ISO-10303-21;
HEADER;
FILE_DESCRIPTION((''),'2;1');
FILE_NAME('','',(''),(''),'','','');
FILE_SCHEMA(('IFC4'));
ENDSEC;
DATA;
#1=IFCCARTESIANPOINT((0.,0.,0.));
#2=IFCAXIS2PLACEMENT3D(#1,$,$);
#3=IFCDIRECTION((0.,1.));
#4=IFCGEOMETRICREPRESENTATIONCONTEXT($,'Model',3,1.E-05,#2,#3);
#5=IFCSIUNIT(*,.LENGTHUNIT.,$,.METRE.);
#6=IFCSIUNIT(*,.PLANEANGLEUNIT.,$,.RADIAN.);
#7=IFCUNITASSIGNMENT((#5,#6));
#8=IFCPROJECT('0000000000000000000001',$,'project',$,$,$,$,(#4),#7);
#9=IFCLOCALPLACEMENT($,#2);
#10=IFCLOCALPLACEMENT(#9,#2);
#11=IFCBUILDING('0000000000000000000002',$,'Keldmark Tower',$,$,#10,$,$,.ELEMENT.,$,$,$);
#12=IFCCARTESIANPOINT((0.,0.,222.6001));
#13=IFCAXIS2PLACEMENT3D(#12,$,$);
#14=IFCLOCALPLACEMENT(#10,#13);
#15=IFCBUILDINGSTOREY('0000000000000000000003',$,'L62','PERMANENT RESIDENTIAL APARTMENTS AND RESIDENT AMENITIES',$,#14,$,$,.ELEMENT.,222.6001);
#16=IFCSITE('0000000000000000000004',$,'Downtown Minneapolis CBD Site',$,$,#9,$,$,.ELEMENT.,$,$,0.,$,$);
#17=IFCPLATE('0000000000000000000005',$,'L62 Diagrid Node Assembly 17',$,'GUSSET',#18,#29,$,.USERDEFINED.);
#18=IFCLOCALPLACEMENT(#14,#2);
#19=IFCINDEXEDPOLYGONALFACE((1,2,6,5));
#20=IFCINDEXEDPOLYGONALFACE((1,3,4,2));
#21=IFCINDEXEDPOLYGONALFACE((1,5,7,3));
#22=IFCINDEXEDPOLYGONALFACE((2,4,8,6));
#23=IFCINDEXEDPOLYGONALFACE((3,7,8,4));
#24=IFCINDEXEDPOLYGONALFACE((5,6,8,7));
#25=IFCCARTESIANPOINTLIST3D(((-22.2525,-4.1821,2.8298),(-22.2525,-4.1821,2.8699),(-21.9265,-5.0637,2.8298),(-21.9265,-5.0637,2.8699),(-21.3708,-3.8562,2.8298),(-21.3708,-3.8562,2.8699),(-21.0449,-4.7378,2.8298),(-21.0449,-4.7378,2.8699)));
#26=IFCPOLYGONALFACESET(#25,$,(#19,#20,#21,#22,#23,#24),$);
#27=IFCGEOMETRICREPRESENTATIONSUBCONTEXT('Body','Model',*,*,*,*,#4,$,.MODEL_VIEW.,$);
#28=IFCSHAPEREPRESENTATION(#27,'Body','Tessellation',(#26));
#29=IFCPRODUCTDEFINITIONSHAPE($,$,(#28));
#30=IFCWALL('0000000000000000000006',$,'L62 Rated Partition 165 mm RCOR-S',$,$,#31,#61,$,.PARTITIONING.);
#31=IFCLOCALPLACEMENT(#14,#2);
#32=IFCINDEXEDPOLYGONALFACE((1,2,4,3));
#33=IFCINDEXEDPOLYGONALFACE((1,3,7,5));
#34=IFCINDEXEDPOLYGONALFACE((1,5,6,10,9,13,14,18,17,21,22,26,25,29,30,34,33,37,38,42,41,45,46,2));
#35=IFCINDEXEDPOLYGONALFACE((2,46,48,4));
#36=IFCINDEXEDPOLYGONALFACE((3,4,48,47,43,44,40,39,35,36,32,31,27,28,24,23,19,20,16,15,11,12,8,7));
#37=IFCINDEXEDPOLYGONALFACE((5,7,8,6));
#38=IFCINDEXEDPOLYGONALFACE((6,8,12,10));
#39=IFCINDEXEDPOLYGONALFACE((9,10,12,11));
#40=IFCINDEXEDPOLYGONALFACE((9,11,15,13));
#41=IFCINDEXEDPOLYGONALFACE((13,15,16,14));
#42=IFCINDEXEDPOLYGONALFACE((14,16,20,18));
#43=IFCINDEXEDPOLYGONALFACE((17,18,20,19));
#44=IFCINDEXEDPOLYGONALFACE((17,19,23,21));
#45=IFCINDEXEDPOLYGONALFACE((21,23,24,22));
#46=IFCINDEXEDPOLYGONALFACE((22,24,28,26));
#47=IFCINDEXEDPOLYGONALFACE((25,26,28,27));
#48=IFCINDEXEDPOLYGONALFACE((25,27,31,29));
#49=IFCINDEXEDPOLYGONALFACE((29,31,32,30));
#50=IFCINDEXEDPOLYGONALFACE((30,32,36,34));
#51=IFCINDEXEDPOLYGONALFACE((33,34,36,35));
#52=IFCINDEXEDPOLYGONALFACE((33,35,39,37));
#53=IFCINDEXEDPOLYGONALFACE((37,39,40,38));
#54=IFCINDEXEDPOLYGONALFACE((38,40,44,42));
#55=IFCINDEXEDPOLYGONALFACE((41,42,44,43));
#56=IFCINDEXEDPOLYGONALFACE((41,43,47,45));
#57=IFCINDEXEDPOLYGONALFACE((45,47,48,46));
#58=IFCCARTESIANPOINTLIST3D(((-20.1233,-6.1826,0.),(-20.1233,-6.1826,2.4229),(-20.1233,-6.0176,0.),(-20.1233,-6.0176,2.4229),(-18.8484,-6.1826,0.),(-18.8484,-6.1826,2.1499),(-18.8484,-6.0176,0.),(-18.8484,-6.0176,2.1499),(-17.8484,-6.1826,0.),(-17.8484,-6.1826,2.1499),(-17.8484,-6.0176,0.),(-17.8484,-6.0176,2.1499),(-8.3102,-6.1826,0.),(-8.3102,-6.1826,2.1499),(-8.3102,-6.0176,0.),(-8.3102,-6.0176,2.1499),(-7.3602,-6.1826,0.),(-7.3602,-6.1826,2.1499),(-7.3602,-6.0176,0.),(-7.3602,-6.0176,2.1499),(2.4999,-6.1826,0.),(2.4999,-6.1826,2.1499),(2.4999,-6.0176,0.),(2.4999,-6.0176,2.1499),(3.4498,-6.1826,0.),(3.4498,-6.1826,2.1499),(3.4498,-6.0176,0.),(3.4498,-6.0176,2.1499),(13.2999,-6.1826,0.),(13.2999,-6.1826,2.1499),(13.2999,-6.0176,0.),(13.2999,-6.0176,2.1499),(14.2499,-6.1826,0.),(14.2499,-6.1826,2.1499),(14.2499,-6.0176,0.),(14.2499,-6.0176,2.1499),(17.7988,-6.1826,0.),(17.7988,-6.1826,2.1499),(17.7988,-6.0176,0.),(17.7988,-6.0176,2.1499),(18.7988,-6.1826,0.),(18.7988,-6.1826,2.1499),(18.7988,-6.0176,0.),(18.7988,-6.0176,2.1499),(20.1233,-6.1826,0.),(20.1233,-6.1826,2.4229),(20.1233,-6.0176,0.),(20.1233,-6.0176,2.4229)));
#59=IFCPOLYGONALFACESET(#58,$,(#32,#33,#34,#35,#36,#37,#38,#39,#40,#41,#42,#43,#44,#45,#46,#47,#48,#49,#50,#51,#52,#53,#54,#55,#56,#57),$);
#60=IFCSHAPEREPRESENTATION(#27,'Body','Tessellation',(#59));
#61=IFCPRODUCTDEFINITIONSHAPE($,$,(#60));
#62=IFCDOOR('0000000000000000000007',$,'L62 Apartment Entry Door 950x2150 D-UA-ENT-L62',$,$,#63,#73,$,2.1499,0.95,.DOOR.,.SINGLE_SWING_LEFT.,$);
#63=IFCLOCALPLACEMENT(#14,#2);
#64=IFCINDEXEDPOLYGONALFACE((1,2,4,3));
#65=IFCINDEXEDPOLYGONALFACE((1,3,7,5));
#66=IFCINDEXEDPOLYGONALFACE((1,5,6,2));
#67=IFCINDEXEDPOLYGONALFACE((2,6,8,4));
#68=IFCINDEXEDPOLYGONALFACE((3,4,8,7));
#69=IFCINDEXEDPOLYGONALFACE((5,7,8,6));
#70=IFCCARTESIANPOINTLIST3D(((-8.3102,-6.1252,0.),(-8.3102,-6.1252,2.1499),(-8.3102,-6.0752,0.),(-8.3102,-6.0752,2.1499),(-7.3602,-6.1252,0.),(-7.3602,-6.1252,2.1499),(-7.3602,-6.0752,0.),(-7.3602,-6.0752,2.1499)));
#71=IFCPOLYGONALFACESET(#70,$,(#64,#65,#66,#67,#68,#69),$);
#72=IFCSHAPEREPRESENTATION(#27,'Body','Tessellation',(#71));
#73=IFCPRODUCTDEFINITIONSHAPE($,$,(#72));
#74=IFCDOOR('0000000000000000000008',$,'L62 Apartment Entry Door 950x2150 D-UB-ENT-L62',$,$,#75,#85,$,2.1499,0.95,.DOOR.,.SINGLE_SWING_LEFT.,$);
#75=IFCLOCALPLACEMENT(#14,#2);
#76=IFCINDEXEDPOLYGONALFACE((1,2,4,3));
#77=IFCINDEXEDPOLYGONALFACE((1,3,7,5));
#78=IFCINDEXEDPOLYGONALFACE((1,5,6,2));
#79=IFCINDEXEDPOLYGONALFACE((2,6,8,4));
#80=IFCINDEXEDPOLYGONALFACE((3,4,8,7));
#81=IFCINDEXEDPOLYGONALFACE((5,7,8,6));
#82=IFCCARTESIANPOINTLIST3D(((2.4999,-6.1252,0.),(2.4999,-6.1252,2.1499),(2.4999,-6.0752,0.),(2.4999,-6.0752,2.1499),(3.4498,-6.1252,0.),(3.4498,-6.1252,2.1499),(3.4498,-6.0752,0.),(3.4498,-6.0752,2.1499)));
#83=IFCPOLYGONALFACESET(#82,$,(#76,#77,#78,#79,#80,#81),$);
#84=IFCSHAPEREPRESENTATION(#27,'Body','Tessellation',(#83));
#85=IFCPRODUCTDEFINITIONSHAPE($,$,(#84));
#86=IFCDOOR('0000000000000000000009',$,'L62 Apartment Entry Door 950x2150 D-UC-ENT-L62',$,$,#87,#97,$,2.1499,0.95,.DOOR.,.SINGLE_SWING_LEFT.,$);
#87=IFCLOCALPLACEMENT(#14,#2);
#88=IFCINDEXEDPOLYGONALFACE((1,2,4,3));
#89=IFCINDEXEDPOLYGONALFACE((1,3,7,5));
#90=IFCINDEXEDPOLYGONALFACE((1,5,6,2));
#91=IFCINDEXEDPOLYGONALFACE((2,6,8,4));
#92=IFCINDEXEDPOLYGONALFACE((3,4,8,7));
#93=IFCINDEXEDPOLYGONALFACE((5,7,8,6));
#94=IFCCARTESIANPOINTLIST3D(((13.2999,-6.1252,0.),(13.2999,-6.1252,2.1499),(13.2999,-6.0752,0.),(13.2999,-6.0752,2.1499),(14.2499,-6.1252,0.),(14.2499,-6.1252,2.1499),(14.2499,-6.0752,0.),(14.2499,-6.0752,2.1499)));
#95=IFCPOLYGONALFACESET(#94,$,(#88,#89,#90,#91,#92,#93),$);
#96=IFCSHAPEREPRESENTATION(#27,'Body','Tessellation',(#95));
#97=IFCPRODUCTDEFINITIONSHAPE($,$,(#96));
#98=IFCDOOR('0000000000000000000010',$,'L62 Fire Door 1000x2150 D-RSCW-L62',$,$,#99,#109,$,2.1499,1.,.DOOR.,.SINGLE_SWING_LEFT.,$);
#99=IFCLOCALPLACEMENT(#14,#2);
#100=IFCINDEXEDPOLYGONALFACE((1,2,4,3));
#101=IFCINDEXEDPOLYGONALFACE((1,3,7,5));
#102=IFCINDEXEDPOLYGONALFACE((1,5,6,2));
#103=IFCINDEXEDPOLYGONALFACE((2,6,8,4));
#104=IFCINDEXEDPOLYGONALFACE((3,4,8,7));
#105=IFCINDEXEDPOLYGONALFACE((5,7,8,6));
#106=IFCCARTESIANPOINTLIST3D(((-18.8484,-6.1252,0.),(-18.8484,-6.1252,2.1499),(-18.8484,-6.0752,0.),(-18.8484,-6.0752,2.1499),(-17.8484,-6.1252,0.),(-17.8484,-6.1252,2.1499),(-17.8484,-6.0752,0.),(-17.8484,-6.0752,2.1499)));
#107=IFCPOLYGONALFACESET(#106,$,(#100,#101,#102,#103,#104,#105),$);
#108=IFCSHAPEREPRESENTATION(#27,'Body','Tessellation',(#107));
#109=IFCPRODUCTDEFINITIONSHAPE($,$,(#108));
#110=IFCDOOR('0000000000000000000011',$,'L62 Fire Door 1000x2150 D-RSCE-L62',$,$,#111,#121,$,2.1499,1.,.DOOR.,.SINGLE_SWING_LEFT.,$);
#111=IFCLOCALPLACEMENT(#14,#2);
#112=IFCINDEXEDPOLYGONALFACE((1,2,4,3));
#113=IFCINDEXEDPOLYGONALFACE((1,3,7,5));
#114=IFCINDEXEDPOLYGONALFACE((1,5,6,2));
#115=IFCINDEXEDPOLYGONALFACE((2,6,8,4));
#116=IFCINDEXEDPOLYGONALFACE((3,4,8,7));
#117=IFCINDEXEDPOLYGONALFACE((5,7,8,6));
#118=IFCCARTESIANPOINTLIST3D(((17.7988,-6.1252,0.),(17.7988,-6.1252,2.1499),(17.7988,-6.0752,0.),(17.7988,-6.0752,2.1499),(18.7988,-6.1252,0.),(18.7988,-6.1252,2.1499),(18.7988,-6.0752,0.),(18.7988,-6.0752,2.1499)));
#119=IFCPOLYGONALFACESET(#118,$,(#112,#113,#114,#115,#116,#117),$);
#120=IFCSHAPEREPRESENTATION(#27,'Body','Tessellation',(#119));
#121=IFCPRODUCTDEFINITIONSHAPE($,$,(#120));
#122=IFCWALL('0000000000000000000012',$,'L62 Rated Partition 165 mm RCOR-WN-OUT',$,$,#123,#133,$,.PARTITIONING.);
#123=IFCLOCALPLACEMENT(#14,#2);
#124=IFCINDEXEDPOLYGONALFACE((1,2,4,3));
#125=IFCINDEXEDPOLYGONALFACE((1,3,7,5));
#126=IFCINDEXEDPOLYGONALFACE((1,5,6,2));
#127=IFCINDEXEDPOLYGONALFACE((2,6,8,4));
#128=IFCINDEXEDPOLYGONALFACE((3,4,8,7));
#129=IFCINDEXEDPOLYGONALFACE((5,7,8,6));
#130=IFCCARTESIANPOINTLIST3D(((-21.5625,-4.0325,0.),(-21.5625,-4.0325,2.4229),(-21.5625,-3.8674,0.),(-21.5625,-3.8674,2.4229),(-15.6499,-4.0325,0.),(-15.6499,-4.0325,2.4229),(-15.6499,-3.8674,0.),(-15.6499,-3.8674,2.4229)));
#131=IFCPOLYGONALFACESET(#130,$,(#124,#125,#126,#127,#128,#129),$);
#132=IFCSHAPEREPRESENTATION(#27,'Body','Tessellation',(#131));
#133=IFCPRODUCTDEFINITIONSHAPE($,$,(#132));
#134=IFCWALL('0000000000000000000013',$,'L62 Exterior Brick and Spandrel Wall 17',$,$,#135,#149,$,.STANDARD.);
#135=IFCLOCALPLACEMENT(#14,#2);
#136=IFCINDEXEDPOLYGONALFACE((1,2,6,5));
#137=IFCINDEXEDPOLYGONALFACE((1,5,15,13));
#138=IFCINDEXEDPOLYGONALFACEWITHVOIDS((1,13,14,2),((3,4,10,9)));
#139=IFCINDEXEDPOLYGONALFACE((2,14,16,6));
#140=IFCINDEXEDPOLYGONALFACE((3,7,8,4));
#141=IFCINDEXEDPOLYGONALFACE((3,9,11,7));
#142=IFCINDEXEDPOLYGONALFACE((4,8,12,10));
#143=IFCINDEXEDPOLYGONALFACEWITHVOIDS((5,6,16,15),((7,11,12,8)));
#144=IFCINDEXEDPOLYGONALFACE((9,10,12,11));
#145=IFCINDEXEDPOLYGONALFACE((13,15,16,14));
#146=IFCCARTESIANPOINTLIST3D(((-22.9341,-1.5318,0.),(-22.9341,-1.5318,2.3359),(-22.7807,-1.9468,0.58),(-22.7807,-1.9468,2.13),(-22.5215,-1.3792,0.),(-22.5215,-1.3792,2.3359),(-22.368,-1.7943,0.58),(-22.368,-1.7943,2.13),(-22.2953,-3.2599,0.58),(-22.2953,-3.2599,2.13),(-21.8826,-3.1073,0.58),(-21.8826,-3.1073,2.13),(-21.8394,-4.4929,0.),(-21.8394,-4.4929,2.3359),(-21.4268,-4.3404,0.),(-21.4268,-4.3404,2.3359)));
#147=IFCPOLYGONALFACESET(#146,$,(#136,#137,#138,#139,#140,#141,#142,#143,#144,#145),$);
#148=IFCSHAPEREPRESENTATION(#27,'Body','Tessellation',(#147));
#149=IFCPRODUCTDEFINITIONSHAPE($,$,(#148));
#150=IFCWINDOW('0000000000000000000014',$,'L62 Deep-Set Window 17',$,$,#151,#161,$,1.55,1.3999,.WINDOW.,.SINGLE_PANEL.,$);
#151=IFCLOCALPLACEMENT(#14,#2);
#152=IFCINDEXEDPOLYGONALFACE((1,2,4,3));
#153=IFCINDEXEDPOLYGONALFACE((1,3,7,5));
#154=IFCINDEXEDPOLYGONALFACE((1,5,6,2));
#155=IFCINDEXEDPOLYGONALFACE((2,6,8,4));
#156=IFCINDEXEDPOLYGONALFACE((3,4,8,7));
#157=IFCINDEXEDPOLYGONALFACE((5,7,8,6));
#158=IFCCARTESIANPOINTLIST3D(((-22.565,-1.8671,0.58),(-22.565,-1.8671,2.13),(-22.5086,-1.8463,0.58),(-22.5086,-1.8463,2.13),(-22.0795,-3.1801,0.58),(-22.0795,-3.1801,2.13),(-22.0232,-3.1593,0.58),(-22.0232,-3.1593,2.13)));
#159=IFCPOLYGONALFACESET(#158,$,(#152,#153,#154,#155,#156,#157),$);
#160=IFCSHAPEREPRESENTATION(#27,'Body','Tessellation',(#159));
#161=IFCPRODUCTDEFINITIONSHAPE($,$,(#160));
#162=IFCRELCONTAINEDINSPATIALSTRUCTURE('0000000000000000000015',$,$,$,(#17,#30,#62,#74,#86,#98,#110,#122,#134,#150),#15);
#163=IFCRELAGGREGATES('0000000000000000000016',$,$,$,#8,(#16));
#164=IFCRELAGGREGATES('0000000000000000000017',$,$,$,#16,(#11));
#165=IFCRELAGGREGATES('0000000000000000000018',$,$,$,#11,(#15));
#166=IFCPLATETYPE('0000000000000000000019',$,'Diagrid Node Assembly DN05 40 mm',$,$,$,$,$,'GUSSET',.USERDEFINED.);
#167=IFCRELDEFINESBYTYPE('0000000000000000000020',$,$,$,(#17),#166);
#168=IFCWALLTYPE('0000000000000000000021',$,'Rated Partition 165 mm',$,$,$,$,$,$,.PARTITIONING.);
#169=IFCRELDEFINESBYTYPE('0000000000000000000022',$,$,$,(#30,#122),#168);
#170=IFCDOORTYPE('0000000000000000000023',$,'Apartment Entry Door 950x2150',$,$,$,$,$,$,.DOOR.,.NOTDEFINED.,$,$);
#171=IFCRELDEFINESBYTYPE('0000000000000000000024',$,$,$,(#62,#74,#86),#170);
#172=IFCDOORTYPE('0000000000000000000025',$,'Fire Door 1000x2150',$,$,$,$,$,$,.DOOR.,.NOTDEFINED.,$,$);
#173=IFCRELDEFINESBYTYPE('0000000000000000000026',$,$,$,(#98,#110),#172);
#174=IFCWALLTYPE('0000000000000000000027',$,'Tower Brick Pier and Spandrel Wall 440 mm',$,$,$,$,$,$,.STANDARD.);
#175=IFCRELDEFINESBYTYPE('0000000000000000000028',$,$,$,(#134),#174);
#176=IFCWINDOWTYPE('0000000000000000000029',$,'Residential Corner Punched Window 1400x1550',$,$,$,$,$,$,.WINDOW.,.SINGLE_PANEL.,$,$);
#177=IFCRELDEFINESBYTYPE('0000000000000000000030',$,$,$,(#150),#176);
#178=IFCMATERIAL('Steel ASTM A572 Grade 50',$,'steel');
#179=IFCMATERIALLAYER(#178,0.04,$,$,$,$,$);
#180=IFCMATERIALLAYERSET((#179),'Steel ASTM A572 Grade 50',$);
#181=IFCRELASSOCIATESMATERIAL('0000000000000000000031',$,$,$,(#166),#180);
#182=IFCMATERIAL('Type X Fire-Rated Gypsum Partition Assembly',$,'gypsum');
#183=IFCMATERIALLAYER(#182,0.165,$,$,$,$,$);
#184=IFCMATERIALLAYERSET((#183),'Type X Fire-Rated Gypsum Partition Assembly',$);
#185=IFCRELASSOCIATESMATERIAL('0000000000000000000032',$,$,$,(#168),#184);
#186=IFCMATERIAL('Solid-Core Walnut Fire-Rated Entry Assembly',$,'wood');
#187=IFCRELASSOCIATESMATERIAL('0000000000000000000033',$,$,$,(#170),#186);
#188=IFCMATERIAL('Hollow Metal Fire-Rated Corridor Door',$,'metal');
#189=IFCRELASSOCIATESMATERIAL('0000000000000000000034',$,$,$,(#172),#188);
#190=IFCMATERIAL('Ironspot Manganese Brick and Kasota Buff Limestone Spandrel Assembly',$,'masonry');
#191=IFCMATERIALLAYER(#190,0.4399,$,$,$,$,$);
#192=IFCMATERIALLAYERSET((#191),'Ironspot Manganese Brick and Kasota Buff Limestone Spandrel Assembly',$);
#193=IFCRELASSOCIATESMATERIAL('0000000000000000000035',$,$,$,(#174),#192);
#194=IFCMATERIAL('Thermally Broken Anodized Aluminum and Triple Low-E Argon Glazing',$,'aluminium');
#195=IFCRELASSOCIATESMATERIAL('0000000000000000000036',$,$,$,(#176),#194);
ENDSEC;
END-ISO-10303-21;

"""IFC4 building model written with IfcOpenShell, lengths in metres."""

from ifc_helpers import new_model, si_unit, direction, frame, frame_2d, origin, origin_2d, place, context, subcontext, project, spatial, rectangle, extrude, material, layer, layer_set, type_object, element, fill, save


model = new_model("IFC4")

# Units and contexts
model_context = context("Model", 3, precision=1e-05, world=origin(), true_north=direction((0.0, 1.0)))
body_context = subcontext(model_context, "Body", "Model", "MODEL_VIEW")
ifc_project = project(units=[si_unit("LENGTHUNIT", "METRE"), si_unit("PLANEANGLEUNIT", "RADIAN")], contexts=[model_context])

# Site, building, storey
site_placement = place(None, origin())
site = spatial("IfcSite", under=ifc_project, at=site_placement, Name="Downtown Minneapolis CBD Site", CompositionType="ELEMENT", RefElevation=0.0)
building_placement = place(site_placement, origin())
building = spatial("IfcBuilding", under=site, at=building_placement, Name="Keldmark Tower", CompositionType="ELEMENT")
storey_placement = place(building_placement, frame((0.0, 0.0, 222.6001)))
storey = spatial("IfcBuildingStorey", under=building, at=storey_placement, Name="L62", Description="PERMANENT RESIDENTIAL APARTMENTS AND RESIDENT AMENITIES", CompositionType="ELEMENT", Elevation=222.6001)

# Plate
ifc_material_1 = material(Name="Steel ASTM A572 Grade 50", Category="steel")
ifc_layer_1 = layer(ifc_material_1, 0.04)
ifc_layer_set_1 = layer_set([ifc_layer_1], Name="Steel ASTM A572 Grade 50")
plate_type = type_object("IfcPlateType", Name="Diagrid Node Assembly DN05 40 mm", ElementType="GUSSET", PredefinedType="USERDEFINED", material=ifc_layer_set_1)
plate_placement = place(storey_placement, frame((-21.6487, -4.46, 2.8298), z_axis=(0.0, 0.0, 1.0), x_axis=(0.346772, -0.937949, 0.0)))
element("IfcPlate", 1, at=plate_placement, inside=storey, type_object=plate_type, Name="L62 Diagrid Node Assembly 17", ObjectType="GUSSET", PredefinedType="USERDEFINED", context=body_context, shape_type="SweptSolid", body=[
    extrude(rectangle(XDim=0.9399, YDim=0.9399, at=origin_2d()), origin(), (0.0, 0.0, 1.0), 0.04),
])

# Wall, openings, doors
ifc_material_2 = material(Name="Type X Fire-Rated Gypsum Partition Assembly", Category="gypsum")
ifc_layer_2 = layer(ifc_material_2, 0.165)
ifc_layer_set_2 = layer_set([ifc_layer_2], Name="Type X Fire-Rated Gypsum Partition Assembly")
wall_type_1 = type_object("IfcWallType", Name="Rated Partition 165 mm", PredefinedType="PARTITIONING", material=ifc_layer_set_2)
wall_1_placement = place(storey_placement, frame((-20.1233, -6.1001, 0.0), z_axis=(0.0, 0.0, 1.0), x_axis=(1.0, 0.0, 0.0)))
wall_1 = element("IfcWall", 2, at=wall_1_placement, inside=storey, type_object=wall_type_1, Name="L62 Rated Partition 165 mm RCOR-S", PredefinedType="PARTITIONING", context=body_context, shape_type="SweptSolid", body=[
    extrude(rectangle(XDim=40.2466, YDim=0.165, at=frame_2d((20.1233, 0.0))), origin(), (0.0, 0.0, 1.0), 2.4229),
])
opening_1_placement = place(wall_1_placement, frame((1.2749, 0.0, 0.0)))
opening_1 = element("IfcOpeningElement", 3, at=opening_1_placement, cuts=wall_1, PredefinedType="OPENING", context=body_context, shape_type="SweptSolid", body=[
    extrude(rectangle(XDim=1.0, YDim=2.1499, at=frame_2d((0.5, 1.075))), frame((0.0, 0.0925, 0.0), z_axis=(0.0, -1.0, 0.0), x_axis=(1.0, 0.0, 0.0)), (0.0, 0.0, 1.0), 0.1851),
])
opening_2_placement = place(wall_1_placement, frame((37.9221, 0.0, 0.0)))
opening_2 = element("IfcOpeningElement", 4, at=opening_2_placement, cuts=wall_1, PredefinedType="OPENING", context=body_context, shape_type="SweptSolid", body=[
    extrude(rectangle(XDim=1.0, YDim=2.1499, at=frame_2d((0.5, 1.075))), frame((0.0, 0.0925, 0.0), z_axis=(0.0, -1.0, 0.0), x_axis=(1.0, 0.0, 0.0)), (0.0, 0.0, 1.0), 0.1851),
])
opening_3_placement = place(wall_1_placement, frame((11.813, 0.0, 0.0)))
opening_3 = element("IfcOpeningElement", 5, at=opening_3_placement, cuts=wall_1, PredefinedType="OPENING", context=body_context, shape_type="SweptSolid", body=[
    extrude(rectangle(XDim=0.95, YDim=2.1499, at=frame_2d((0.4751, 1.075))), frame((0.0, 0.0925, 0.0), z_axis=(0.0, -1.0, 0.0), x_axis=(1.0, 0.0, 0.0)), (0.0, 0.0, 1.0), 0.1851),
])
opening_4_placement = place(wall_1_placement, frame((22.623, 0.0, 0.0)))
opening_4 = element("IfcOpeningElement", 6, at=opening_4_placement, cuts=wall_1, PredefinedType="OPENING", context=body_context, shape_type="SweptSolid", body=[
    extrude(rectangle(XDim=0.95, YDim=2.1499, at=frame_2d((0.4751, 1.075))), frame((0.0, 0.0925, 0.0), z_axis=(0.0, -1.0, 0.0), x_axis=(1.0, 0.0, 0.0)), (0.0, 0.0, 1.0), 0.1851),
])
opening_5_placement = place(wall_1_placement, frame((33.4231, 0.0, 0.0)))
opening_5 = element("IfcOpeningElement", 7, at=opening_5_placement, cuts=wall_1, PredefinedType="OPENING", context=body_context, shape_type="SweptSolid", body=[
    extrude(rectangle(XDim=0.95, YDim=2.1499, at=frame_2d((0.4751, 1.075))), frame((0.0, 0.0925, 0.0), z_axis=(0.0, -1.0, 0.0), x_axis=(1.0, 0.0, 0.0)), (0.0, 0.0, 1.0), 0.1851),
])
ifc_material_3 = material(Name="Solid-Core Walnut Fire-Rated Entry Assembly", Category="wood")
door_type_1 = type_object("IfcDoorType", Name="Apartment Entry Door 950x2150", OperationType="NOTDEFINED", PredefinedType="DOOR", material=ifc_material_3)
door_1_placement = place(opening_3_placement, origin())
door_1 = element("IfcDoor", 8, at=door_1_placement, inside=storey, type_object=door_type_1, Name="L62 Apartment Entry Door 950x2150 D-UA-ENT-L62", OperationType="SINGLE_SWING_LEFT", OverallHeight=2.1499, OverallWidth=0.95, PredefinedType="DOOR", context=body_context, shape_type="SweptSolid", body=[
    extrude(rectangle(XDim=0.95, YDim=2.1499, at=frame_2d((0.4751, 1.075))), frame((0.0, 0.0249, 0.0), z_axis=(0.0, -1.0, 0.0), x_axis=(1.0, 0.0, 0.0)), (0.0, 0.0, 1.0), 0.05),
])
fill(opening_3, door_1)
door_2_placement = place(opening_4_placement, origin())
door_2 = element("IfcDoor", 9, at=door_2_placement, inside=storey, type_object=door_type_1, Name="L62 Apartment Entry Door 950x2150 D-UB-ENT-L62", OperationType="SINGLE_SWING_LEFT", OverallHeight=2.1499, OverallWidth=0.95, PredefinedType="DOOR", context=body_context, shape_type="SweptSolid", body=[
    extrude(rectangle(XDim=0.95, YDim=2.1499, at=frame_2d((0.4751, 1.075))), frame((0.0, 0.0249, 0.0), z_axis=(0.0, -1.0, 0.0), x_axis=(1.0, 0.0, 0.0)), (0.0, 0.0, 1.0), 0.05),
])
fill(opening_4, door_2)
door_3_placement = place(opening_5_placement, origin())
door_3 = element("IfcDoor", 10, at=door_3_placement, inside=storey, type_object=door_type_1, Name="L62 Apartment Entry Door 950x2150 D-UC-ENT-L62", OperationType="SINGLE_SWING_LEFT", OverallHeight=2.1499, OverallWidth=0.95, PredefinedType="DOOR", context=body_context, shape_type="SweptSolid", body=[
    extrude(rectangle(XDim=0.95, YDim=2.1499, at=frame_2d((0.4751, 1.075))), frame((0.0, 0.0249, 0.0), z_axis=(0.0, -1.0, 0.0), x_axis=(1.0, 0.0, 0.0)), (0.0, 0.0, 1.0), 0.05),
])
fill(opening_5, door_3)
ifc_material_4 = material(Name="Hollow Metal Fire-Rated Corridor Door", Category="metal")
door_type_2 = type_object("IfcDoorType", Name="Fire Door 1000x2150", OperationType="NOTDEFINED", PredefinedType="DOOR", material=ifc_material_4)
door_4_placement = place(opening_1_placement, origin())
door_4 = element("IfcDoor", 11, at=door_4_placement, inside=storey, type_object=door_type_2, Name="L62 Fire Door 1000x2150 D-RSCW-L62", OperationType="SINGLE_SWING_LEFT", OverallHeight=2.1499, OverallWidth=1.0, PredefinedType="DOOR", context=body_context, shape_type="SweptSolid", body=[
    extrude(rectangle(XDim=1.0, YDim=2.1499, at=frame_2d((0.5, 1.075))), frame((0.0, 0.0249, 0.0), z_axis=(0.0, -1.0, 0.0), x_axis=(1.0, 0.0, 0.0)), (0.0, 0.0, 1.0), 0.05),
])
fill(opening_1, door_4)
door_5_placement = place(opening_2_placement, origin())
door_5 = element("IfcDoor", 12, at=door_5_placement, inside=storey, type_object=door_type_2, Name="L62 Fire Door 1000x2150 D-RSCE-L62", OperationType="SINGLE_SWING_LEFT", OverallHeight=2.1499, OverallWidth=1.0, PredefinedType="DOOR", context=body_context, shape_type="SweptSolid", body=[
    extrude(rectangle(XDim=1.0, YDim=2.1499, at=frame_2d((0.5, 1.075))), frame((0.0, 0.0249, 0.0), z_axis=(0.0, -1.0, 0.0), x_axis=(1.0, 0.0, 0.0)), (0.0, 0.0, 1.0), 0.05),
])
fill(opening_2, door_5)

# Wall
wall_2_placement = place(storey_placement, frame((-21.5625, -3.95, 0.0), z_axis=(0.0, 0.0, 1.0), x_axis=(1.0, 0.0, 0.0)))
element("IfcWall", 13, at=wall_2_placement, inside=storey, type_object=wall_type_1, Name="L62 Rated Partition 165 mm RCOR-WN-OUT", PredefinedType="PARTITIONING", context=body_context, shape_type="SweptSolid", body=[
    extrude(rectangle(XDim=5.9126, YDim=0.165, at=frame_2d((2.9563, 0.0))), origin(), (0.0, 0.0, 1.0), 2.4229),
])

# Wall, opening, window
ifc_material_5 = material(Name="Ironspot Manganese Brick and Kasota Buff Limestone Spandrel Assembly", Category="masonry")
ifc_layer_3 = layer(ifc_material_5, 0.4399)
ifc_layer_set_3 = layer_set([ifc_layer_3], Name="Ironspot Manganese Brick and Kasota Buff Limestone Spandrel Assembly")
wall_type_2 = type_object("IfcWallType", Name="Tower Brick Pier and Spandrel Wall 440 mm", PredefinedType="STANDARD", material=ifc_layer_set_3)
wall_3_placement = place(storey_placement, frame((-21.6331, -4.4167, 0.0), z_axis=(0.0, 0.0, 1.0), x_axis=(-0.346755, 0.937956, 0.0)))
wall_3 = element("IfcWall", 14, at=wall_3_placement, inside=storey, type_object=wall_type_2, Name="L62 Exterior Brick and Spandrel Wall 17", PredefinedType="STANDARD", context=body_context, shape_type="SweptSolid", body=[
    extrude(rectangle(XDim=3.157, YDim=0.4399, at=frame_2d((1.5786, 0.0))), origin(), (0.0, 0.0, 1.0), 2.3359),
])
opening_6_placement = place(wall_3_placement, frame((1.3147, 0.0, 0.5801)))
opening_6 = element("IfcOpeningElement", 15, at=opening_6_placement, cuts=wall_3, PredefinedType="OPENING", context=body_context, shape_type="SweptSolid", body=[
    extrude(rectangle(XDim=1.3999, YDim=1.55, at=frame_2d((0.7, 0.7749))), frame((0.0, 0.23, 0.0), z_axis=(0.0, -1.0, 0.0), x_axis=(1.0, 0.0, 0.0)), (0.0, 0.0, 1.0), 0.46),
])
ifc_material_6 = material(Name="Thermally Broken Anodized Aluminum and Triple Low-E Argon Glazing", Category="aluminium")
window_type = type_object("IfcWindowType", Name="Residential Corner Punched Window 1400x1550", PartitioningType="SINGLE_PANEL", PredefinedType="WINDOW", material=ifc_material_6)
window_placement = place(opening_6_placement, origin())
window = element("IfcWindow", 16, at=window_placement, inside=storey, type_object=window_type, Name="L62 Deep-Set Window 17", OverallHeight=1.55, OverallWidth=1.3999, PartitioningType="SINGLE_PANEL", PredefinedType="WINDOW", context=body_context, shape_type="SweptSolid", body=[
    extrude(rectangle(XDim=1.3999, YDim=1.55, at=frame_2d((0.7, 0.7749))), frame((0.0, -0.01, 0.0), z_axis=(0.0, -1.0, 0.0), x_axis=(1.0, 0.0, 0.0)), (0.0, 0.0, 1.0), 0.0601),
])
fill(opening_6, window)

save(model, "model.ifc")
